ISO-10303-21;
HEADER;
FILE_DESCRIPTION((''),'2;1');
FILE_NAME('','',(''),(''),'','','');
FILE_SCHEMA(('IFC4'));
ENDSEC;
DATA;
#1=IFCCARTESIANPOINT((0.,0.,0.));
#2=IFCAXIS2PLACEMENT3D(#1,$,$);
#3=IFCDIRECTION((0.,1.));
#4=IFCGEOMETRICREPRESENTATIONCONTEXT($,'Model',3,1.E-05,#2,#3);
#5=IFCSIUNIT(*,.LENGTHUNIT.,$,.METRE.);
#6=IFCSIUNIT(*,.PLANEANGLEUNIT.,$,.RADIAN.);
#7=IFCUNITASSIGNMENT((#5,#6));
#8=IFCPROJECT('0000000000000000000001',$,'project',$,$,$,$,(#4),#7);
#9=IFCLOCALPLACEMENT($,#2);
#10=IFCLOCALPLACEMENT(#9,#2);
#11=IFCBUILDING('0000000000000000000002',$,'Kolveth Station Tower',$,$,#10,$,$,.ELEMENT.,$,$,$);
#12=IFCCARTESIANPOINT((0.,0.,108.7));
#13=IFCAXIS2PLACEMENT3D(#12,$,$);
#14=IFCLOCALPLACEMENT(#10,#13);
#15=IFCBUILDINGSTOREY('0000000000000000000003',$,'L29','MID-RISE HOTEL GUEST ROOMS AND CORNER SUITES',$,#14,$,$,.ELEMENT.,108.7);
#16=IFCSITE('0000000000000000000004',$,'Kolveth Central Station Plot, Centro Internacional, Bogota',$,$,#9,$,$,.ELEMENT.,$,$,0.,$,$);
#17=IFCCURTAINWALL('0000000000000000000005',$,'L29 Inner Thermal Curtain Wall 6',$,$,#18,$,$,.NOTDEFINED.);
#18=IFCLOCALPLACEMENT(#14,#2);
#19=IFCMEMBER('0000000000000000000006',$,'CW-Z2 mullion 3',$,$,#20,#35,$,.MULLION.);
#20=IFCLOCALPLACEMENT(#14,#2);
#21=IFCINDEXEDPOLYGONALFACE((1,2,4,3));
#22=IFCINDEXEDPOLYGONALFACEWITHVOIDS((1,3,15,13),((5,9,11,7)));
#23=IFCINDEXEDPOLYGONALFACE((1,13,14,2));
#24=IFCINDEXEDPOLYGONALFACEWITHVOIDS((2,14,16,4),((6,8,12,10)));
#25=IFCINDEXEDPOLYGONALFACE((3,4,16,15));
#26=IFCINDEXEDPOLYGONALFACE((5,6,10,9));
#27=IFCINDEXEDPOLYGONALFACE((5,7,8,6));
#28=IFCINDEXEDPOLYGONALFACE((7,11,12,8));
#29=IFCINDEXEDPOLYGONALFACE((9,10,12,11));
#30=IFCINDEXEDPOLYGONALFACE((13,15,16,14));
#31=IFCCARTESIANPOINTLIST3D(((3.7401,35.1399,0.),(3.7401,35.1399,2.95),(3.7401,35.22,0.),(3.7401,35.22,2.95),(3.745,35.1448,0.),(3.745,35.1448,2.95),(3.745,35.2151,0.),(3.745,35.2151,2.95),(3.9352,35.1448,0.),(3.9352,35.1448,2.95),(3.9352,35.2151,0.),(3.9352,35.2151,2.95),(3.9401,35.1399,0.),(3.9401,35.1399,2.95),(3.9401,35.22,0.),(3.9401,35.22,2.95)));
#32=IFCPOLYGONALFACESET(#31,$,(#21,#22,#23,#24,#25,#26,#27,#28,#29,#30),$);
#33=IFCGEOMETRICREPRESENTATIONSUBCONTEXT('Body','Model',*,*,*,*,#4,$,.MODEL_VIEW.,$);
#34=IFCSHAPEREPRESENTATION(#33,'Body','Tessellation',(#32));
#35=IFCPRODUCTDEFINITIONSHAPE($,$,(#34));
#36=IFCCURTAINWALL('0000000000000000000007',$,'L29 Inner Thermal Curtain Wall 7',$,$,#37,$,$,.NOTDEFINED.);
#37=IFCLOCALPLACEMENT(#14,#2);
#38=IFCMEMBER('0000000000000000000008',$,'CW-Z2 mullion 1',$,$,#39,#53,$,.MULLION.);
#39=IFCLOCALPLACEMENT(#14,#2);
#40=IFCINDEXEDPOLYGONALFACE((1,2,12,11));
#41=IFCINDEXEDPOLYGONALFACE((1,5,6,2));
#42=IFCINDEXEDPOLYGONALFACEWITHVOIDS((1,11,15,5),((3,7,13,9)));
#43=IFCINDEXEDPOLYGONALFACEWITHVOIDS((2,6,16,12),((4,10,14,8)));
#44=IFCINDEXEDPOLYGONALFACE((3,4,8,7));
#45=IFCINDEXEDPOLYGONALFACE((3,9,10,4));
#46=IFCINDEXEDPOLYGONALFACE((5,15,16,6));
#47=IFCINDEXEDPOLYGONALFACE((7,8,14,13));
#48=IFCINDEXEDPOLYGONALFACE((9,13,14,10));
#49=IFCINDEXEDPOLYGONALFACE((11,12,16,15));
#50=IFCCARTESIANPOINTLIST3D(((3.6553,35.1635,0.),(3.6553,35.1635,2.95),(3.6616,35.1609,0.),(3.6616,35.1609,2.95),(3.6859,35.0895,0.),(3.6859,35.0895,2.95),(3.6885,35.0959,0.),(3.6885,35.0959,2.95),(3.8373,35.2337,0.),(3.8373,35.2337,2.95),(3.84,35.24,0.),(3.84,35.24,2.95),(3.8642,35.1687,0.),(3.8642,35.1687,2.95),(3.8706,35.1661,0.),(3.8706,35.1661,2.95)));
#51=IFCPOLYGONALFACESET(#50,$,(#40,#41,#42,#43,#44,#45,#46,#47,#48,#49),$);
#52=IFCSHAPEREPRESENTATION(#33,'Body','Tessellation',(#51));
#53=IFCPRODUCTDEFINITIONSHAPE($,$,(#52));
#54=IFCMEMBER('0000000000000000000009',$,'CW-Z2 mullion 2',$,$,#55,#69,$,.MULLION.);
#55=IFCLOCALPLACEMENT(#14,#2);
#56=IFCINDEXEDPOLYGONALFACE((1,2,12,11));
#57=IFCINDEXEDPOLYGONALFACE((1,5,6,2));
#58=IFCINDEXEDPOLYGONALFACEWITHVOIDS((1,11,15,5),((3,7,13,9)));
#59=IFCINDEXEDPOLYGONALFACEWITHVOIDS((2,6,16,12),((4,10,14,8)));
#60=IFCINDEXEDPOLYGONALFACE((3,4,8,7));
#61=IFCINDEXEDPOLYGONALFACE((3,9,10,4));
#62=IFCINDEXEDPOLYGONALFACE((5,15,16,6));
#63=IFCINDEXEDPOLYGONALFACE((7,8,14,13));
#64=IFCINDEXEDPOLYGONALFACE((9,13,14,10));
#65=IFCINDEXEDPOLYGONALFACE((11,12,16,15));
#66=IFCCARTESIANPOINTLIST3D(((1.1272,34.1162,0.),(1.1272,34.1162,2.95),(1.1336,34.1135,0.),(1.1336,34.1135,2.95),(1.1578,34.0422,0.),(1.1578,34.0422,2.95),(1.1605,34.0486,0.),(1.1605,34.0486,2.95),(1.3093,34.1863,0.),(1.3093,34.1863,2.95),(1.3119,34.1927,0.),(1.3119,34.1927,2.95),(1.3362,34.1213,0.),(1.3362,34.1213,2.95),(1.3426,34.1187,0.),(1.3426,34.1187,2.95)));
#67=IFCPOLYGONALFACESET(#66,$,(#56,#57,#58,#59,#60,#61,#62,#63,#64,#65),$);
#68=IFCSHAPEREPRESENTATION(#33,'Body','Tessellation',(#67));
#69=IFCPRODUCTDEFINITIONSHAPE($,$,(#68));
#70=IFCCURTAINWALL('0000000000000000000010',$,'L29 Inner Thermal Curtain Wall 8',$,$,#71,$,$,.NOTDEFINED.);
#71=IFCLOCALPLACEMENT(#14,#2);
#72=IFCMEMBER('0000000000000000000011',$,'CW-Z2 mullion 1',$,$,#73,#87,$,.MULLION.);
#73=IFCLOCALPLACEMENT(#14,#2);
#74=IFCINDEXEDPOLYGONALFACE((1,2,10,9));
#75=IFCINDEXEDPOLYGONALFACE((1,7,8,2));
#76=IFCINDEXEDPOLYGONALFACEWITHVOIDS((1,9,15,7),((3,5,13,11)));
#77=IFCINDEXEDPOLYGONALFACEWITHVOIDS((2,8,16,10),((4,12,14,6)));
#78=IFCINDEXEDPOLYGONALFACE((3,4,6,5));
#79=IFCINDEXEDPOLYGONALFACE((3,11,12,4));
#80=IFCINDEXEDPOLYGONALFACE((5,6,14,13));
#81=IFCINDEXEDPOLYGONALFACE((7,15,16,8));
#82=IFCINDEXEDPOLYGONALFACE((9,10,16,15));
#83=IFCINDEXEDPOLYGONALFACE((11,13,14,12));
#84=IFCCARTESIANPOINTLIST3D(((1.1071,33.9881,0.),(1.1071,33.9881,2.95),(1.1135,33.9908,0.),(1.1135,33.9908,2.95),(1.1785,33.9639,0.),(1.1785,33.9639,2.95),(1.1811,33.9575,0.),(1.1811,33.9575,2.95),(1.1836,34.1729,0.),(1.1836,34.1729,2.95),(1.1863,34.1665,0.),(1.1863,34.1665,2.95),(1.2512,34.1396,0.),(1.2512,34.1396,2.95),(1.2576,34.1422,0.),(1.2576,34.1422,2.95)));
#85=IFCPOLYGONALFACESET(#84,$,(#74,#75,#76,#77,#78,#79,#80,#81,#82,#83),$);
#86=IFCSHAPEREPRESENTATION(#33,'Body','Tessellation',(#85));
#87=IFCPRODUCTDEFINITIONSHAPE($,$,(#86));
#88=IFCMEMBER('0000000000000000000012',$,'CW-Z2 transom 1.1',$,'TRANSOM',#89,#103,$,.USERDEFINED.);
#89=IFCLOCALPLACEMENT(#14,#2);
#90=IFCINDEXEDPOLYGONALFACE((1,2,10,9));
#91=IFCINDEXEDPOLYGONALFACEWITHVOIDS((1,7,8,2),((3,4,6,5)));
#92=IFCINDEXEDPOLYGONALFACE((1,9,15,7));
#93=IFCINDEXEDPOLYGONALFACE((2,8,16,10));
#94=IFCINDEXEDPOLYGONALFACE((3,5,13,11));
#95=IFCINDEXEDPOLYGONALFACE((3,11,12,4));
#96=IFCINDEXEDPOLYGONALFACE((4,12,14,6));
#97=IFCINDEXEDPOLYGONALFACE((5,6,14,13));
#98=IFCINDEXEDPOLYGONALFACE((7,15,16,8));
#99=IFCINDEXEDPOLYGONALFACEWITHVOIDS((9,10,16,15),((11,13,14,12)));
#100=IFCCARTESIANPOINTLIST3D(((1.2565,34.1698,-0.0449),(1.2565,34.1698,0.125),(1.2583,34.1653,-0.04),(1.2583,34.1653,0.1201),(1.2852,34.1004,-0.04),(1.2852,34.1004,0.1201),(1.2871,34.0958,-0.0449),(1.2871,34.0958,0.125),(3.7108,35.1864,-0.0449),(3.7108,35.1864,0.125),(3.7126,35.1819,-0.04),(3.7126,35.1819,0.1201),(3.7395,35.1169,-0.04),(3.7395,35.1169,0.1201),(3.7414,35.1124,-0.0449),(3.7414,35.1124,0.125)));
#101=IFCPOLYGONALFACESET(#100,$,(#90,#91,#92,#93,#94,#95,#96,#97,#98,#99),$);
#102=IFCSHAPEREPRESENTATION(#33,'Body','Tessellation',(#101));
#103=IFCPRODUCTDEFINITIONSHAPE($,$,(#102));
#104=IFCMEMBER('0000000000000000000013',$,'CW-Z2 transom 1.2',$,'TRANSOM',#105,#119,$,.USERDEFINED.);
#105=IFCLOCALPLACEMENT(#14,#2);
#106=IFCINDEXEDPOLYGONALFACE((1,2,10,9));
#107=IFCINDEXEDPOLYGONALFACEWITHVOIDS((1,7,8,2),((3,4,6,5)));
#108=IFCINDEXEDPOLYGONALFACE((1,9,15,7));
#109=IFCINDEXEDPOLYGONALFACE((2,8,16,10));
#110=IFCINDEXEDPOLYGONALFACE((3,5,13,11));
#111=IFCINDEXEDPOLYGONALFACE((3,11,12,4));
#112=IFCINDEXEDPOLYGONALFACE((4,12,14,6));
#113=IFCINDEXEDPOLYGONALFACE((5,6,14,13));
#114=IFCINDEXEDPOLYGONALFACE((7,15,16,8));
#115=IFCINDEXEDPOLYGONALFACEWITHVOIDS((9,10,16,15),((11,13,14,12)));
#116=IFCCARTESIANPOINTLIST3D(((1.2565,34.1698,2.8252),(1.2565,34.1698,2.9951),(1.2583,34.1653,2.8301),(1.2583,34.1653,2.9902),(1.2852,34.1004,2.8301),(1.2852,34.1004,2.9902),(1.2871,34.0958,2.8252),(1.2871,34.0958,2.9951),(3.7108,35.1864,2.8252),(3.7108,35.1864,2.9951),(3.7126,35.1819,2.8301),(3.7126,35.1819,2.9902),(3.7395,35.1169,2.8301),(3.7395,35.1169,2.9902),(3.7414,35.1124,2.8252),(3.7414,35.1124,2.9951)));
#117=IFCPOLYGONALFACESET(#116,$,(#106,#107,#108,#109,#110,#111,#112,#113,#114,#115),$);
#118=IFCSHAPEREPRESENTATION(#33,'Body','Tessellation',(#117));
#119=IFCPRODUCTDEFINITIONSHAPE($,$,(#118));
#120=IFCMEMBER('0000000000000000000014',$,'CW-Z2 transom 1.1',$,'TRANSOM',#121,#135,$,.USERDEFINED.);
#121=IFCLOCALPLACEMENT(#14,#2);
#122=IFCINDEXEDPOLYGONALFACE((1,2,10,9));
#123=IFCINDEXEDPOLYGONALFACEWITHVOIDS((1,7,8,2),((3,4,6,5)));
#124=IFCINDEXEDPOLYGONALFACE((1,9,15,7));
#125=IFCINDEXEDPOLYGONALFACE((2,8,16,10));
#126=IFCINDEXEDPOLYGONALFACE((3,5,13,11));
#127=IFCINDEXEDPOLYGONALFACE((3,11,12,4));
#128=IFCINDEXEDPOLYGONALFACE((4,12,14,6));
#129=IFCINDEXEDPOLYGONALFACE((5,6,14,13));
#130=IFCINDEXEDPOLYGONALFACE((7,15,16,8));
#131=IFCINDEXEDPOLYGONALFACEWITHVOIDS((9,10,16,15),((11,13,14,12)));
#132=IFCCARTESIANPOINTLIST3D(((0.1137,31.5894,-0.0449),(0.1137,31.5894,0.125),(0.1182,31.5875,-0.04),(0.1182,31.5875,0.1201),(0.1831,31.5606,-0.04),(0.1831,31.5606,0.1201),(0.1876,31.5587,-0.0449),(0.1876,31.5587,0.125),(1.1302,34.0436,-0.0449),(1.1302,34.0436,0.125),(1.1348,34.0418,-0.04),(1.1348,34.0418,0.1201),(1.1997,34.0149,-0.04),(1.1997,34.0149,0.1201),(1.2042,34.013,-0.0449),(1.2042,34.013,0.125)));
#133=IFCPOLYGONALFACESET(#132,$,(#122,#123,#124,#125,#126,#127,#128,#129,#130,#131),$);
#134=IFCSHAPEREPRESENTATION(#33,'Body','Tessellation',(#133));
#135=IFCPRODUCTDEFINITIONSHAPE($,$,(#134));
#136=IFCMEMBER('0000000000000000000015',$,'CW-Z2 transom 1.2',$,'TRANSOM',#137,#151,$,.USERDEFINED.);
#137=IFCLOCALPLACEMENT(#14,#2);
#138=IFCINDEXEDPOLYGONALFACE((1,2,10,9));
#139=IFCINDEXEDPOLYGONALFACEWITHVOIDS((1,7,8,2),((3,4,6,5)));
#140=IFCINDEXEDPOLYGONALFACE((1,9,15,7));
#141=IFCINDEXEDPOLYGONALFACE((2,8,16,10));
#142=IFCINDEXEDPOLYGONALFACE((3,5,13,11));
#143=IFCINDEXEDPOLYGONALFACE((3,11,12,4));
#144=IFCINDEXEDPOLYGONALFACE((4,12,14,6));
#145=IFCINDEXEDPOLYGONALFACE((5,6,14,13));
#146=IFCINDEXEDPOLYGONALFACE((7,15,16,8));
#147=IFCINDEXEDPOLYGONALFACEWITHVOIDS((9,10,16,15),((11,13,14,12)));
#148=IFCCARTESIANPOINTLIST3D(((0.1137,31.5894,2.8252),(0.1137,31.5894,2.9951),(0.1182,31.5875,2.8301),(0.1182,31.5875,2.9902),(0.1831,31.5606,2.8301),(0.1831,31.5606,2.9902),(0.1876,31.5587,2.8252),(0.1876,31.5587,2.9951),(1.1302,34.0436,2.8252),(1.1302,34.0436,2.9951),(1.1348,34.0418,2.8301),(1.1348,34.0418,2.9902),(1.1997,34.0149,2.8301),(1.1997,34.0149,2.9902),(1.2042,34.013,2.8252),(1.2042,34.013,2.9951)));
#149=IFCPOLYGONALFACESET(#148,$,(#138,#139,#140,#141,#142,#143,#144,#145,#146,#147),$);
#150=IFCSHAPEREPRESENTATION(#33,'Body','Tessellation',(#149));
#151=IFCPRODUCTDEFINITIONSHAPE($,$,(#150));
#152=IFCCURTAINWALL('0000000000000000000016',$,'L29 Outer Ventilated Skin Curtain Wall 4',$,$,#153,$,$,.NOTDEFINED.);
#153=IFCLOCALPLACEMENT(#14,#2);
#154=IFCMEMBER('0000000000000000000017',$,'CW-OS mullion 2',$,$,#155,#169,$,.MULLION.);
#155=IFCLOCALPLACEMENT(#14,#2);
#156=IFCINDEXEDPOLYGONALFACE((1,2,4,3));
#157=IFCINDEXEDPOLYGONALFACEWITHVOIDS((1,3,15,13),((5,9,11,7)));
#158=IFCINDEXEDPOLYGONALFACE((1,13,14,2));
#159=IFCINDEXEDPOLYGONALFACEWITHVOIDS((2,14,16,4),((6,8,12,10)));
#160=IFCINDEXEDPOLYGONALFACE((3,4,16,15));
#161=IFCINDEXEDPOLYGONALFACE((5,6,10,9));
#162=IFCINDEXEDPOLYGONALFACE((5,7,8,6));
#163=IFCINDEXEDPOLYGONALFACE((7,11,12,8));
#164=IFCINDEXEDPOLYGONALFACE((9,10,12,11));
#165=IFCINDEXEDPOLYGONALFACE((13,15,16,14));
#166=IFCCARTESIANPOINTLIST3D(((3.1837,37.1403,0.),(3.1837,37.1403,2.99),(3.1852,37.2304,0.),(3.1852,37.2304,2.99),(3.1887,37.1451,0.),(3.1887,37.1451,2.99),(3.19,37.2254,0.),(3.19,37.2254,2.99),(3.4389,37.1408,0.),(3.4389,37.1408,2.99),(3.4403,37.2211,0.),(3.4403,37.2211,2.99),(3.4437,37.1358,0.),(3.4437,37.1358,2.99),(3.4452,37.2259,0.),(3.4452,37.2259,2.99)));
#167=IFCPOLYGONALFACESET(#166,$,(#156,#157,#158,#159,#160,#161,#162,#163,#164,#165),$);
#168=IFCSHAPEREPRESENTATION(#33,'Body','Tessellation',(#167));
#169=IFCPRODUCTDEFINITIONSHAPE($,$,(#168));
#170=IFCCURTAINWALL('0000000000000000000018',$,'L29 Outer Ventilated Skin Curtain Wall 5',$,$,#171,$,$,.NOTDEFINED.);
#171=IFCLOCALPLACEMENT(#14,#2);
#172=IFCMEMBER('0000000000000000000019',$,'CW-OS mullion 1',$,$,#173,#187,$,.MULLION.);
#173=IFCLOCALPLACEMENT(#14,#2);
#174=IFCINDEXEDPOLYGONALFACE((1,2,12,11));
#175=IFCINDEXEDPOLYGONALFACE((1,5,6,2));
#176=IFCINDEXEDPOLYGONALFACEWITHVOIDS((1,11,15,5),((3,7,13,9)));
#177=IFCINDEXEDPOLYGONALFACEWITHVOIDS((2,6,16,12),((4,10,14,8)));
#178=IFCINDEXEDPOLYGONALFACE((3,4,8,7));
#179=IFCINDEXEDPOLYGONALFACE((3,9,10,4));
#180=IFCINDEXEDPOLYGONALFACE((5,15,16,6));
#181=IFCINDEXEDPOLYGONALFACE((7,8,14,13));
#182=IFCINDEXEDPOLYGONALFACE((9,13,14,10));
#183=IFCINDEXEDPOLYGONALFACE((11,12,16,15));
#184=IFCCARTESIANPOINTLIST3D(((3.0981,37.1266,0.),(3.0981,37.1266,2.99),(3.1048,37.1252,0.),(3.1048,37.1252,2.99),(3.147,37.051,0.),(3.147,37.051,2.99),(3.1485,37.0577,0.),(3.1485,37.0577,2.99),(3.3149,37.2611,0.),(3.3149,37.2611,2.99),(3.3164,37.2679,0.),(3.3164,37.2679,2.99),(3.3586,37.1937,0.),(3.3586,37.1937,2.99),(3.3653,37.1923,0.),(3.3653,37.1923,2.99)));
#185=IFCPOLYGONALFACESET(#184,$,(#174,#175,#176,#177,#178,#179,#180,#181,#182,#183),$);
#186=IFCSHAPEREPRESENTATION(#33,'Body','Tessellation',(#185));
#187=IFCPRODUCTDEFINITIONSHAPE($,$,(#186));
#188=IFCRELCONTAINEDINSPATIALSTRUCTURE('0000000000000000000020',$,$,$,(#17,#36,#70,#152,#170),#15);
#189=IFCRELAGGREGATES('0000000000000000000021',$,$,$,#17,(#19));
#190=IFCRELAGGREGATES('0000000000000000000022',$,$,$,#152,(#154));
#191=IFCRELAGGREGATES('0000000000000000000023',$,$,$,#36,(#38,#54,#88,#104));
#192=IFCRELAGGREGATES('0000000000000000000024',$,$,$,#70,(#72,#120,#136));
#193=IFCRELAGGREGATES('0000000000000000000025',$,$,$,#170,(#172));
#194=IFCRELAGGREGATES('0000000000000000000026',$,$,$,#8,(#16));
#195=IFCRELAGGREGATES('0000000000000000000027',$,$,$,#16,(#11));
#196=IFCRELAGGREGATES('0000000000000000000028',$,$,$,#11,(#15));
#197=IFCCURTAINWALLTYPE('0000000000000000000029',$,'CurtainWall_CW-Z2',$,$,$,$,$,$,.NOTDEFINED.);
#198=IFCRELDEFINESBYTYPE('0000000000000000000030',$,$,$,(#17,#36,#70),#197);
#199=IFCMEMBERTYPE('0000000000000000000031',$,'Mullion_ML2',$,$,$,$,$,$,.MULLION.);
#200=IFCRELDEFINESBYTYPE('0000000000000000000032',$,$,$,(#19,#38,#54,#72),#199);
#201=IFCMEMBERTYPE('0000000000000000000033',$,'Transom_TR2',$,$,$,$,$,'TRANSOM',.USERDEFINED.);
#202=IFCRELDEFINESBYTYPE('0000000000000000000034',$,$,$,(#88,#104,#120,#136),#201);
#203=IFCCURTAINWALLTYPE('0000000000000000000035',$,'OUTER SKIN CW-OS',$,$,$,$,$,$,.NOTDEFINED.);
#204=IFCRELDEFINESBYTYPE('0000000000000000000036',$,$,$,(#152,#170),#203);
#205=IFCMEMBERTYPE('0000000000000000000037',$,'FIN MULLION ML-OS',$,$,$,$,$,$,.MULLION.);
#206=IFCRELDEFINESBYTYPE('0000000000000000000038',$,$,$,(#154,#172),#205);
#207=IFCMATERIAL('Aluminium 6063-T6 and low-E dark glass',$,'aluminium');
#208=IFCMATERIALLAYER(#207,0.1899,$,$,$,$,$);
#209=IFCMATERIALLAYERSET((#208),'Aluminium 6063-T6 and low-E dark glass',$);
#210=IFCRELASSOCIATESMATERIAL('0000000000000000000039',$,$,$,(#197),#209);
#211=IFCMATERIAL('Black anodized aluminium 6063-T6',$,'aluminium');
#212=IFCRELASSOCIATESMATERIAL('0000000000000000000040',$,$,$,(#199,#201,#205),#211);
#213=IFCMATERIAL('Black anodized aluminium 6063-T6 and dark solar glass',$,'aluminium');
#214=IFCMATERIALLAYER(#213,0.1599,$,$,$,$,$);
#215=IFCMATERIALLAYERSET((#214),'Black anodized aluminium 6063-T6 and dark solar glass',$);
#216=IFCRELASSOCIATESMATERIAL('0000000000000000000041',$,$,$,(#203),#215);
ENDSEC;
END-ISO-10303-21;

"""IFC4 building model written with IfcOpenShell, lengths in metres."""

from ifc_helpers import new_model, si_unit, direction, frame, origin, origin_2d, place, context, subcontext, project, spatial, hollow_rectangle, extrude, source, transform, mapped, material, layer, layer_set, material_profile, profile_set, type_object, element, aggregate, save


model = new_model("IFC4")

# Units and contexts
model_context = context("Model", 3, precision=1e-05, world=origin(), true_north=direction((0.0, 1.0)))
body_context = subcontext(model_context, "Body", "Model", "MODEL_VIEW")
ifc_project = project(units=[si_unit("LENGTHUNIT", "METRE"), si_unit("PLANEANGLEUNIT", "RADIAN")], contexts=[model_context])

# Site, building, storey
site_placement = place(None, origin())
site = spatial("IfcSite", under=ifc_project, at=site_placement, Name="Kolveth Central Station Plot, Centro Internacional, Bogota", CompositionType="ELEMENT", RefElevation=0.0)
building_placement = place(site_placement, origin())
building = spatial("IfcBuilding", under=site, at=building_placement, Name="Kolveth Station Tower", CompositionType="ELEMENT")
storey_placement = place(building_placement, frame((0.0, 0.0, 108.7)))
storey = spatial("IfcBuildingStorey", under=building, at=storey_placement, Name="L29", Description="MID-RISE HOTEL GUEST ROOMS AND CORNER SUITES", CompositionType="ELEMENT", Elevation=108.7)

# Curtain wall, member
ifc_material_1 = material(Name="Aluminium 6063-T6 and low-E dark glass", Category="aluminium")
ifc_layer_1 = layer(ifc_material_1, 0.1899)
ifc_layer_set_1 = layer_set([ifc_layer_1], Name="Aluminium 6063-T6 and low-E dark glass")
curtain_wall_type_1 = type_object("IfcCurtainWallType", Name="CurtainWall_CW-Z2", PredefinedType="NOTDEFINED", material=ifc_layer_set_1)
curtain_wall_1_placement = place(storey_placement, origin())
curtain_wall_1 = element("IfcCurtainWall", 1, at=curtain_wall_1_placement, inside=storey, type_object=curtain_wall_type_1, Name="L29 Inner Thermal Curtain Wall 6", PredefinedType="NOTDEFINED")
ifc_material_2 = material(Name="Black anodized aluminium 6063-T6", Category="aluminium")
ifc_material_profile_1 = material_profile(ifc_material_2, hollow_rectangle(XDim=0.0801, YDim=0.2, WallThickness=0.0049, at=origin_2d()), Name="ALU-80x200x5")
ifc_profile_set_1 = profile_set([ifc_material_profile_1], Name="Black anodized aluminium 6063-T6")
member_type_1 = type_object("IfcMemberType", Name="Mullion_ML2", PredefinedType="MULLION", material=ifc_profile_set_1)
shared_shape_1 = source(origin(), body_context, "Body", "SweptSolid", [
    extrude(hollow_rectangle(XDim=0.0801, YDim=0.2, WallThickness=0.0049, at=origin_2d()), origin(), (0.0, 0.0, 1.0), 2.95),
])
member_1_placement = place(storey_placement, frame((3.8401, 35.1799, 0.0), z_axis=(0.0, 0.0, 1.0), x_axis=(0.0, -1.0, 0.0)))
member_1 = element("IfcMember", 2, at=member_1_placement, type_object=member_type_1, Name="CW-Z2 mullion 3", PredefinedType="MULLION", context=body_context, shape_type="MappedRepresentation", body=[
    mapped(shared_shape_1, transform((0.0, 0.0, 0.0), x_axis=(1.0, 0.0, 0.0), y_axis=(0.0, 1.0, 0.0), z_axis=(0.0, 0.0, 1.0), scale=1.0)),
])
aggregate(curtain_wall_1, [member_1])

# Curtain wall, members
curtain_wall_2_placement = place(storey_placement, origin())
curtain_wall_2 = element("IfcCurtainWall", 3, at=curtain_wall_2_placement, inside=storey, type_object=curtain_wall_type_1, Name="L29 Inner Thermal Curtain Wall 7", PredefinedType="NOTDEFINED")
member_2_placement = place(storey_placement, frame((3.7629, 35.1648, 0.0), z_axis=(0.0, 0.0, 1.0), x_axis=(0.382663, -0.923888, 0.0)))
member_2 = element("IfcMember", 4, at=member_2_placement, type_object=member_type_1, Name="CW-Z2 mullion 1", PredefinedType="MULLION", context=body_context, shape_type="MappedRepresentation", body=[
    mapped(shared_shape_1, transform((0.0, 0.0, 0.0), x_axis=(1.0, 0.0, 0.0), y_axis=(0.0, 1.0, 0.0), z_axis=(0.0, 0.0, 1.0), scale=1.0)),
])
member_3_placement = place(storey_placement, frame((1.2349, 34.1174, 0.0), z_axis=(0.0, 0.0, 1.0), x_axis=(0.382663, -0.923888, 0.0)))
member_3 = element("IfcMember", 5, at=member_3_placement, type_object=member_type_1, Name="CW-Z2 mullion 2", PredefinedType="MULLION", context=body_context, shape_type="MappedRepresentation", body=[
    mapped(shared_shape_1, transform((0.0, 0.0, 0.0), x_axis=(1.0, 0.0, 0.0), y_axis=(0.0, 1.0, 0.0), z_axis=(0.0, 0.0, 1.0), scale=1.0)),
])

# Curtain wall, member
curtain_wall_3_placement = place(storey_placement, origin())
curtain_wall_3 = element("IfcCurtainWall", 6, at=curtain_wall_3_placement, inside=storey, type_object=curtain_wall_type_1, Name="L29 Inner Thermal Curtain Wall 8", PredefinedType="NOTDEFINED")
member_4_placement = place(storey_placement, frame((1.1824, 34.0652, 0.0), z_axis=(0.0, 0.0, 1.0), x_axis=(0.923888, -0.382663, 0.0)))
member_4 = element("IfcMember", 7, at=member_4_placement, type_object=member_type_1, Name="CW-Z2 mullion 1", PredefinedType="MULLION", context=body_context, shape_type="MappedRepresentation", body=[
    mapped(shared_shape_1, transform((0.0, 0.0, 0.0), x_axis=(1.0, 0.0, 0.0), y_axis=(0.0, 1.0, 0.0), z_axis=(0.0, 0.0, 1.0), scale=1.0)),
])

# Members
ifc_material_profile_2 = material_profile(ifc_material_2, hollow_rectangle(XDim=0.0801, YDim=0.1699, WallThickness=0.0049, at=origin_2d()), Name="ALU-80x170x5")
ifc_profile_set_2 = profile_set([ifc_material_profile_2], Name="Black anodized aluminium 6063-T6")
member_type_2 = type_object("IfcMemberType", Name="Transom_TR2", ElementType="TRANSOM", PredefinedType="USERDEFINED", material=ifc_profile_set_2)
shared_shape_2 = source(origin(), body_context, "Body", "SweptSolid", [
    extrude(hollow_rectangle(XDim=0.0801, YDim=0.1699, WallThickness=0.0049, at=origin_2d()), origin(), (0.0, 0.0, 1.0), 2.6565),
])
member_5_placement = place(storey_placement, frame((3.7261, 35.1494, 0.04), z_axis=(-0.923882, -0.382676, 0.0), x_axis=(0.382676, -0.923882, 0.0)))
member_5 = element("IfcMember", 8, at=member_5_placement, type_object=member_type_2, Name="CW-Z2 transom 1.1", ObjectType="TRANSOM", PredefinedType="USERDEFINED", context=body_context, shape_type="MappedRepresentation", body=[
    mapped(shared_shape_2, transform((0.0, 0.0, 0.0), x_axis=(1.0, 0.0, 0.0), y_axis=(0.0, 1.0, 0.0), z_axis=(0.0, 0.0, 1.0), scale=1.0)),
])
member_6_placement = place(storey_placement, frame((3.7261, 35.1494, 2.9102), z_axis=(-0.923882, -0.382676, 0.0), x_axis=(0.382676, -0.923882, 0.0)))
member_6 = element("IfcMember", 9, at=member_6_placement, type_object=member_type_2, Name="CW-Z2 transom 1.2", ObjectType="TRANSOM", PredefinedType="USERDEFINED", context=body_context, shape_type="MappedRepresentation", body=[
    mapped(shared_shape_2, transform((0.0, 0.0, 0.0), x_axis=(1.0, 0.0, 0.0), y_axis=(0.0, 1.0, 0.0), z_axis=(0.0, 0.0, 1.0), scale=1.0)),
])
member_7_placement = place(storey_placement, frame((1.1672, 34.0283, 0.04), z_axis=(-0.382676, -0.923882, 0.0), x_axis=(0.923882, -0.382676, 0.0)))
member_7 = element("IfcMember", 10, at=member_7_placement, type_object=member_type_2, Name="CW-Z2 transom 1.1", ObjectType="TRANSOM", PredefinedType="USERDEFINED", context=body_context, shape_type="MappedRepresentation", body=[
    mapped(shared_shape_2, transform((0.0, 0.0, 0.0), x_axis=(1.0, 0.0, 0.0), y_axis=(0.0, 1.0, 0.0), z_axis=(0.0, 0.0, 1.0), scale=1.0)),
])
member_8_placement = place(storey_placement, frame((1.1672, 34.0283, 2.9102), z_axis=(-0.382676, -0.923882, 0.0), x_axis=(0.923882, -0.382676, 0.0)))
member_8 = element("IfcMember", 11, at=member_8_placement, type_object=member_type_2, Name="CW-Z2 transom 1.2", ObjectType="TRANSOM", PredefinedType="USERDEFINED", context=body_context, shape_type="MappedRepresentation", body=[
    mapped(shared_shape_2, transform((0.0, 0.0, 0.0), x_axis=(1.0, 0.0, 0.0), y_axis=(0.0, 1.0, 0.0), z_axis=(0.0, 0.0, 1.0), scale=1.0)),
])

# Curtain wall, member
ifc_material_3 = material(Name="Black anodized aluminium 6063-T6 and dark solar glass", Category="aluminium")
ifc_layer_2 = layer(ifc_material_3, 0.1599)
ifc_layer_set_2 = layer_set([ifc_layer_2], Name="Black anodized aluminium 6063-T6 and dark solar glass")
curtain_wall_type_2 = type_object("IfcCurtainWallType", Name="OUTER SKIN CW-OS", PredefinedType="NOTDEFINED", material=ifc_layer_set_2)
curtain_wall_4_placement = place(storey_placement, origin())
curtain_wall_4 = element("IfcCurtainWall", 12, at=curtain_wall_4_placement, inside=storey, type_object=curtain_wall_type_2, Name="L29 Outer Ventilated Skin Curtain Wall 4", PredefinedType="NOTDEFINED")
ifc_material_profile_3 = material_profile(ifc_material_2, hollow_rectangle(XDim=0.0901, YDim=0.26, WallThickness=0.0049, at=origin_2d()), Name="ALU-90x260x5")
ifc_profile_set_3 = profile_set([ifc_material_profile_3], Name="Black anodized aluminium 6063-T6")
member_type_3 = type_object("IfcMemberType", Name="FIN MULLION ML-OS", PredefinedType="MULLION", material=ifc_profile_set_3)
shared_shape_3 = source(origin(), body_context, "Body", "SweptSolid", [
    extrude(hollow_rectangle(XDim=0.0901, YDim=0.26, WallThickness=0.0049, at=origin_2d()), origin(), (0.0, 0.0, 1.0), 2.99),
])
member_9_placement = place(storey_placement, frame((3.3145, 37.1831, 0.0), z_axis=(0.0, 0.0, 1.0), x_axis=(-0.017338, -0.99985, 0.0)))
member_9 = element("IfcMember", 13, at=member_9_placement, type_object=member_type_3, Name="CW-OS mullion 2", PredefinedType="MULLION", context=body_context, shape_type="MappedRepresentation", body=[
    mapped(shared_shape_3, transform((0.0, 0.0, 0.0), x_axis=(1.0, 0.0, 0.0), y_axis=(0.0, 1.0, 0.0), z_axis=(0.0, 0.0, 1.0), scale=1.0)),
])
aggregate(curtain_wall_4, [member_9])

# Curtain wall, member
curtain_wall_5_placement = place(storey_placement, origin())
curtain_wall_5 = element("IfcCurtainWall", 14, at=curtain_wall_5_placement, inside=storey, type_object=curtain_wall_type_2, Name="L29 Outer Ventilated Skin Curtain Wall 5", PredefinedType="NOTDEFINED")
member_10_placement = place(storey_placement, frame((3.2317, 37.1594, 0.0), z_axis=(0.0, 0.0, 1.0), x_axis=(0.543373, -0.839492, 0.0)))
member_10 = element("IfcMember", 15, at=member_10_placement, type_object=member_type_3, Name="CW-OS mullion 1", PredefinedType="MULLION", context=body_context, shape_type="MappedRepresentation", body=[
    mapped(shared_shape_3, transform((0.0, 0.0, 0.0), x_axis=(1.0, 0.0, 0.0), y_axis=(0.0, 1.0, 0.0), z_axis=(0.0, 0.0, 1.0), scale=1.0)),
])

aggregate(curtain_wall_2, [member_2, member_3, member_5, member_6])
aggregate(curtain_wall_3, [member_4, member_7, member_8])
aggregate(curtain_wall_5, [member_10])

save(model, "model.ifc")
